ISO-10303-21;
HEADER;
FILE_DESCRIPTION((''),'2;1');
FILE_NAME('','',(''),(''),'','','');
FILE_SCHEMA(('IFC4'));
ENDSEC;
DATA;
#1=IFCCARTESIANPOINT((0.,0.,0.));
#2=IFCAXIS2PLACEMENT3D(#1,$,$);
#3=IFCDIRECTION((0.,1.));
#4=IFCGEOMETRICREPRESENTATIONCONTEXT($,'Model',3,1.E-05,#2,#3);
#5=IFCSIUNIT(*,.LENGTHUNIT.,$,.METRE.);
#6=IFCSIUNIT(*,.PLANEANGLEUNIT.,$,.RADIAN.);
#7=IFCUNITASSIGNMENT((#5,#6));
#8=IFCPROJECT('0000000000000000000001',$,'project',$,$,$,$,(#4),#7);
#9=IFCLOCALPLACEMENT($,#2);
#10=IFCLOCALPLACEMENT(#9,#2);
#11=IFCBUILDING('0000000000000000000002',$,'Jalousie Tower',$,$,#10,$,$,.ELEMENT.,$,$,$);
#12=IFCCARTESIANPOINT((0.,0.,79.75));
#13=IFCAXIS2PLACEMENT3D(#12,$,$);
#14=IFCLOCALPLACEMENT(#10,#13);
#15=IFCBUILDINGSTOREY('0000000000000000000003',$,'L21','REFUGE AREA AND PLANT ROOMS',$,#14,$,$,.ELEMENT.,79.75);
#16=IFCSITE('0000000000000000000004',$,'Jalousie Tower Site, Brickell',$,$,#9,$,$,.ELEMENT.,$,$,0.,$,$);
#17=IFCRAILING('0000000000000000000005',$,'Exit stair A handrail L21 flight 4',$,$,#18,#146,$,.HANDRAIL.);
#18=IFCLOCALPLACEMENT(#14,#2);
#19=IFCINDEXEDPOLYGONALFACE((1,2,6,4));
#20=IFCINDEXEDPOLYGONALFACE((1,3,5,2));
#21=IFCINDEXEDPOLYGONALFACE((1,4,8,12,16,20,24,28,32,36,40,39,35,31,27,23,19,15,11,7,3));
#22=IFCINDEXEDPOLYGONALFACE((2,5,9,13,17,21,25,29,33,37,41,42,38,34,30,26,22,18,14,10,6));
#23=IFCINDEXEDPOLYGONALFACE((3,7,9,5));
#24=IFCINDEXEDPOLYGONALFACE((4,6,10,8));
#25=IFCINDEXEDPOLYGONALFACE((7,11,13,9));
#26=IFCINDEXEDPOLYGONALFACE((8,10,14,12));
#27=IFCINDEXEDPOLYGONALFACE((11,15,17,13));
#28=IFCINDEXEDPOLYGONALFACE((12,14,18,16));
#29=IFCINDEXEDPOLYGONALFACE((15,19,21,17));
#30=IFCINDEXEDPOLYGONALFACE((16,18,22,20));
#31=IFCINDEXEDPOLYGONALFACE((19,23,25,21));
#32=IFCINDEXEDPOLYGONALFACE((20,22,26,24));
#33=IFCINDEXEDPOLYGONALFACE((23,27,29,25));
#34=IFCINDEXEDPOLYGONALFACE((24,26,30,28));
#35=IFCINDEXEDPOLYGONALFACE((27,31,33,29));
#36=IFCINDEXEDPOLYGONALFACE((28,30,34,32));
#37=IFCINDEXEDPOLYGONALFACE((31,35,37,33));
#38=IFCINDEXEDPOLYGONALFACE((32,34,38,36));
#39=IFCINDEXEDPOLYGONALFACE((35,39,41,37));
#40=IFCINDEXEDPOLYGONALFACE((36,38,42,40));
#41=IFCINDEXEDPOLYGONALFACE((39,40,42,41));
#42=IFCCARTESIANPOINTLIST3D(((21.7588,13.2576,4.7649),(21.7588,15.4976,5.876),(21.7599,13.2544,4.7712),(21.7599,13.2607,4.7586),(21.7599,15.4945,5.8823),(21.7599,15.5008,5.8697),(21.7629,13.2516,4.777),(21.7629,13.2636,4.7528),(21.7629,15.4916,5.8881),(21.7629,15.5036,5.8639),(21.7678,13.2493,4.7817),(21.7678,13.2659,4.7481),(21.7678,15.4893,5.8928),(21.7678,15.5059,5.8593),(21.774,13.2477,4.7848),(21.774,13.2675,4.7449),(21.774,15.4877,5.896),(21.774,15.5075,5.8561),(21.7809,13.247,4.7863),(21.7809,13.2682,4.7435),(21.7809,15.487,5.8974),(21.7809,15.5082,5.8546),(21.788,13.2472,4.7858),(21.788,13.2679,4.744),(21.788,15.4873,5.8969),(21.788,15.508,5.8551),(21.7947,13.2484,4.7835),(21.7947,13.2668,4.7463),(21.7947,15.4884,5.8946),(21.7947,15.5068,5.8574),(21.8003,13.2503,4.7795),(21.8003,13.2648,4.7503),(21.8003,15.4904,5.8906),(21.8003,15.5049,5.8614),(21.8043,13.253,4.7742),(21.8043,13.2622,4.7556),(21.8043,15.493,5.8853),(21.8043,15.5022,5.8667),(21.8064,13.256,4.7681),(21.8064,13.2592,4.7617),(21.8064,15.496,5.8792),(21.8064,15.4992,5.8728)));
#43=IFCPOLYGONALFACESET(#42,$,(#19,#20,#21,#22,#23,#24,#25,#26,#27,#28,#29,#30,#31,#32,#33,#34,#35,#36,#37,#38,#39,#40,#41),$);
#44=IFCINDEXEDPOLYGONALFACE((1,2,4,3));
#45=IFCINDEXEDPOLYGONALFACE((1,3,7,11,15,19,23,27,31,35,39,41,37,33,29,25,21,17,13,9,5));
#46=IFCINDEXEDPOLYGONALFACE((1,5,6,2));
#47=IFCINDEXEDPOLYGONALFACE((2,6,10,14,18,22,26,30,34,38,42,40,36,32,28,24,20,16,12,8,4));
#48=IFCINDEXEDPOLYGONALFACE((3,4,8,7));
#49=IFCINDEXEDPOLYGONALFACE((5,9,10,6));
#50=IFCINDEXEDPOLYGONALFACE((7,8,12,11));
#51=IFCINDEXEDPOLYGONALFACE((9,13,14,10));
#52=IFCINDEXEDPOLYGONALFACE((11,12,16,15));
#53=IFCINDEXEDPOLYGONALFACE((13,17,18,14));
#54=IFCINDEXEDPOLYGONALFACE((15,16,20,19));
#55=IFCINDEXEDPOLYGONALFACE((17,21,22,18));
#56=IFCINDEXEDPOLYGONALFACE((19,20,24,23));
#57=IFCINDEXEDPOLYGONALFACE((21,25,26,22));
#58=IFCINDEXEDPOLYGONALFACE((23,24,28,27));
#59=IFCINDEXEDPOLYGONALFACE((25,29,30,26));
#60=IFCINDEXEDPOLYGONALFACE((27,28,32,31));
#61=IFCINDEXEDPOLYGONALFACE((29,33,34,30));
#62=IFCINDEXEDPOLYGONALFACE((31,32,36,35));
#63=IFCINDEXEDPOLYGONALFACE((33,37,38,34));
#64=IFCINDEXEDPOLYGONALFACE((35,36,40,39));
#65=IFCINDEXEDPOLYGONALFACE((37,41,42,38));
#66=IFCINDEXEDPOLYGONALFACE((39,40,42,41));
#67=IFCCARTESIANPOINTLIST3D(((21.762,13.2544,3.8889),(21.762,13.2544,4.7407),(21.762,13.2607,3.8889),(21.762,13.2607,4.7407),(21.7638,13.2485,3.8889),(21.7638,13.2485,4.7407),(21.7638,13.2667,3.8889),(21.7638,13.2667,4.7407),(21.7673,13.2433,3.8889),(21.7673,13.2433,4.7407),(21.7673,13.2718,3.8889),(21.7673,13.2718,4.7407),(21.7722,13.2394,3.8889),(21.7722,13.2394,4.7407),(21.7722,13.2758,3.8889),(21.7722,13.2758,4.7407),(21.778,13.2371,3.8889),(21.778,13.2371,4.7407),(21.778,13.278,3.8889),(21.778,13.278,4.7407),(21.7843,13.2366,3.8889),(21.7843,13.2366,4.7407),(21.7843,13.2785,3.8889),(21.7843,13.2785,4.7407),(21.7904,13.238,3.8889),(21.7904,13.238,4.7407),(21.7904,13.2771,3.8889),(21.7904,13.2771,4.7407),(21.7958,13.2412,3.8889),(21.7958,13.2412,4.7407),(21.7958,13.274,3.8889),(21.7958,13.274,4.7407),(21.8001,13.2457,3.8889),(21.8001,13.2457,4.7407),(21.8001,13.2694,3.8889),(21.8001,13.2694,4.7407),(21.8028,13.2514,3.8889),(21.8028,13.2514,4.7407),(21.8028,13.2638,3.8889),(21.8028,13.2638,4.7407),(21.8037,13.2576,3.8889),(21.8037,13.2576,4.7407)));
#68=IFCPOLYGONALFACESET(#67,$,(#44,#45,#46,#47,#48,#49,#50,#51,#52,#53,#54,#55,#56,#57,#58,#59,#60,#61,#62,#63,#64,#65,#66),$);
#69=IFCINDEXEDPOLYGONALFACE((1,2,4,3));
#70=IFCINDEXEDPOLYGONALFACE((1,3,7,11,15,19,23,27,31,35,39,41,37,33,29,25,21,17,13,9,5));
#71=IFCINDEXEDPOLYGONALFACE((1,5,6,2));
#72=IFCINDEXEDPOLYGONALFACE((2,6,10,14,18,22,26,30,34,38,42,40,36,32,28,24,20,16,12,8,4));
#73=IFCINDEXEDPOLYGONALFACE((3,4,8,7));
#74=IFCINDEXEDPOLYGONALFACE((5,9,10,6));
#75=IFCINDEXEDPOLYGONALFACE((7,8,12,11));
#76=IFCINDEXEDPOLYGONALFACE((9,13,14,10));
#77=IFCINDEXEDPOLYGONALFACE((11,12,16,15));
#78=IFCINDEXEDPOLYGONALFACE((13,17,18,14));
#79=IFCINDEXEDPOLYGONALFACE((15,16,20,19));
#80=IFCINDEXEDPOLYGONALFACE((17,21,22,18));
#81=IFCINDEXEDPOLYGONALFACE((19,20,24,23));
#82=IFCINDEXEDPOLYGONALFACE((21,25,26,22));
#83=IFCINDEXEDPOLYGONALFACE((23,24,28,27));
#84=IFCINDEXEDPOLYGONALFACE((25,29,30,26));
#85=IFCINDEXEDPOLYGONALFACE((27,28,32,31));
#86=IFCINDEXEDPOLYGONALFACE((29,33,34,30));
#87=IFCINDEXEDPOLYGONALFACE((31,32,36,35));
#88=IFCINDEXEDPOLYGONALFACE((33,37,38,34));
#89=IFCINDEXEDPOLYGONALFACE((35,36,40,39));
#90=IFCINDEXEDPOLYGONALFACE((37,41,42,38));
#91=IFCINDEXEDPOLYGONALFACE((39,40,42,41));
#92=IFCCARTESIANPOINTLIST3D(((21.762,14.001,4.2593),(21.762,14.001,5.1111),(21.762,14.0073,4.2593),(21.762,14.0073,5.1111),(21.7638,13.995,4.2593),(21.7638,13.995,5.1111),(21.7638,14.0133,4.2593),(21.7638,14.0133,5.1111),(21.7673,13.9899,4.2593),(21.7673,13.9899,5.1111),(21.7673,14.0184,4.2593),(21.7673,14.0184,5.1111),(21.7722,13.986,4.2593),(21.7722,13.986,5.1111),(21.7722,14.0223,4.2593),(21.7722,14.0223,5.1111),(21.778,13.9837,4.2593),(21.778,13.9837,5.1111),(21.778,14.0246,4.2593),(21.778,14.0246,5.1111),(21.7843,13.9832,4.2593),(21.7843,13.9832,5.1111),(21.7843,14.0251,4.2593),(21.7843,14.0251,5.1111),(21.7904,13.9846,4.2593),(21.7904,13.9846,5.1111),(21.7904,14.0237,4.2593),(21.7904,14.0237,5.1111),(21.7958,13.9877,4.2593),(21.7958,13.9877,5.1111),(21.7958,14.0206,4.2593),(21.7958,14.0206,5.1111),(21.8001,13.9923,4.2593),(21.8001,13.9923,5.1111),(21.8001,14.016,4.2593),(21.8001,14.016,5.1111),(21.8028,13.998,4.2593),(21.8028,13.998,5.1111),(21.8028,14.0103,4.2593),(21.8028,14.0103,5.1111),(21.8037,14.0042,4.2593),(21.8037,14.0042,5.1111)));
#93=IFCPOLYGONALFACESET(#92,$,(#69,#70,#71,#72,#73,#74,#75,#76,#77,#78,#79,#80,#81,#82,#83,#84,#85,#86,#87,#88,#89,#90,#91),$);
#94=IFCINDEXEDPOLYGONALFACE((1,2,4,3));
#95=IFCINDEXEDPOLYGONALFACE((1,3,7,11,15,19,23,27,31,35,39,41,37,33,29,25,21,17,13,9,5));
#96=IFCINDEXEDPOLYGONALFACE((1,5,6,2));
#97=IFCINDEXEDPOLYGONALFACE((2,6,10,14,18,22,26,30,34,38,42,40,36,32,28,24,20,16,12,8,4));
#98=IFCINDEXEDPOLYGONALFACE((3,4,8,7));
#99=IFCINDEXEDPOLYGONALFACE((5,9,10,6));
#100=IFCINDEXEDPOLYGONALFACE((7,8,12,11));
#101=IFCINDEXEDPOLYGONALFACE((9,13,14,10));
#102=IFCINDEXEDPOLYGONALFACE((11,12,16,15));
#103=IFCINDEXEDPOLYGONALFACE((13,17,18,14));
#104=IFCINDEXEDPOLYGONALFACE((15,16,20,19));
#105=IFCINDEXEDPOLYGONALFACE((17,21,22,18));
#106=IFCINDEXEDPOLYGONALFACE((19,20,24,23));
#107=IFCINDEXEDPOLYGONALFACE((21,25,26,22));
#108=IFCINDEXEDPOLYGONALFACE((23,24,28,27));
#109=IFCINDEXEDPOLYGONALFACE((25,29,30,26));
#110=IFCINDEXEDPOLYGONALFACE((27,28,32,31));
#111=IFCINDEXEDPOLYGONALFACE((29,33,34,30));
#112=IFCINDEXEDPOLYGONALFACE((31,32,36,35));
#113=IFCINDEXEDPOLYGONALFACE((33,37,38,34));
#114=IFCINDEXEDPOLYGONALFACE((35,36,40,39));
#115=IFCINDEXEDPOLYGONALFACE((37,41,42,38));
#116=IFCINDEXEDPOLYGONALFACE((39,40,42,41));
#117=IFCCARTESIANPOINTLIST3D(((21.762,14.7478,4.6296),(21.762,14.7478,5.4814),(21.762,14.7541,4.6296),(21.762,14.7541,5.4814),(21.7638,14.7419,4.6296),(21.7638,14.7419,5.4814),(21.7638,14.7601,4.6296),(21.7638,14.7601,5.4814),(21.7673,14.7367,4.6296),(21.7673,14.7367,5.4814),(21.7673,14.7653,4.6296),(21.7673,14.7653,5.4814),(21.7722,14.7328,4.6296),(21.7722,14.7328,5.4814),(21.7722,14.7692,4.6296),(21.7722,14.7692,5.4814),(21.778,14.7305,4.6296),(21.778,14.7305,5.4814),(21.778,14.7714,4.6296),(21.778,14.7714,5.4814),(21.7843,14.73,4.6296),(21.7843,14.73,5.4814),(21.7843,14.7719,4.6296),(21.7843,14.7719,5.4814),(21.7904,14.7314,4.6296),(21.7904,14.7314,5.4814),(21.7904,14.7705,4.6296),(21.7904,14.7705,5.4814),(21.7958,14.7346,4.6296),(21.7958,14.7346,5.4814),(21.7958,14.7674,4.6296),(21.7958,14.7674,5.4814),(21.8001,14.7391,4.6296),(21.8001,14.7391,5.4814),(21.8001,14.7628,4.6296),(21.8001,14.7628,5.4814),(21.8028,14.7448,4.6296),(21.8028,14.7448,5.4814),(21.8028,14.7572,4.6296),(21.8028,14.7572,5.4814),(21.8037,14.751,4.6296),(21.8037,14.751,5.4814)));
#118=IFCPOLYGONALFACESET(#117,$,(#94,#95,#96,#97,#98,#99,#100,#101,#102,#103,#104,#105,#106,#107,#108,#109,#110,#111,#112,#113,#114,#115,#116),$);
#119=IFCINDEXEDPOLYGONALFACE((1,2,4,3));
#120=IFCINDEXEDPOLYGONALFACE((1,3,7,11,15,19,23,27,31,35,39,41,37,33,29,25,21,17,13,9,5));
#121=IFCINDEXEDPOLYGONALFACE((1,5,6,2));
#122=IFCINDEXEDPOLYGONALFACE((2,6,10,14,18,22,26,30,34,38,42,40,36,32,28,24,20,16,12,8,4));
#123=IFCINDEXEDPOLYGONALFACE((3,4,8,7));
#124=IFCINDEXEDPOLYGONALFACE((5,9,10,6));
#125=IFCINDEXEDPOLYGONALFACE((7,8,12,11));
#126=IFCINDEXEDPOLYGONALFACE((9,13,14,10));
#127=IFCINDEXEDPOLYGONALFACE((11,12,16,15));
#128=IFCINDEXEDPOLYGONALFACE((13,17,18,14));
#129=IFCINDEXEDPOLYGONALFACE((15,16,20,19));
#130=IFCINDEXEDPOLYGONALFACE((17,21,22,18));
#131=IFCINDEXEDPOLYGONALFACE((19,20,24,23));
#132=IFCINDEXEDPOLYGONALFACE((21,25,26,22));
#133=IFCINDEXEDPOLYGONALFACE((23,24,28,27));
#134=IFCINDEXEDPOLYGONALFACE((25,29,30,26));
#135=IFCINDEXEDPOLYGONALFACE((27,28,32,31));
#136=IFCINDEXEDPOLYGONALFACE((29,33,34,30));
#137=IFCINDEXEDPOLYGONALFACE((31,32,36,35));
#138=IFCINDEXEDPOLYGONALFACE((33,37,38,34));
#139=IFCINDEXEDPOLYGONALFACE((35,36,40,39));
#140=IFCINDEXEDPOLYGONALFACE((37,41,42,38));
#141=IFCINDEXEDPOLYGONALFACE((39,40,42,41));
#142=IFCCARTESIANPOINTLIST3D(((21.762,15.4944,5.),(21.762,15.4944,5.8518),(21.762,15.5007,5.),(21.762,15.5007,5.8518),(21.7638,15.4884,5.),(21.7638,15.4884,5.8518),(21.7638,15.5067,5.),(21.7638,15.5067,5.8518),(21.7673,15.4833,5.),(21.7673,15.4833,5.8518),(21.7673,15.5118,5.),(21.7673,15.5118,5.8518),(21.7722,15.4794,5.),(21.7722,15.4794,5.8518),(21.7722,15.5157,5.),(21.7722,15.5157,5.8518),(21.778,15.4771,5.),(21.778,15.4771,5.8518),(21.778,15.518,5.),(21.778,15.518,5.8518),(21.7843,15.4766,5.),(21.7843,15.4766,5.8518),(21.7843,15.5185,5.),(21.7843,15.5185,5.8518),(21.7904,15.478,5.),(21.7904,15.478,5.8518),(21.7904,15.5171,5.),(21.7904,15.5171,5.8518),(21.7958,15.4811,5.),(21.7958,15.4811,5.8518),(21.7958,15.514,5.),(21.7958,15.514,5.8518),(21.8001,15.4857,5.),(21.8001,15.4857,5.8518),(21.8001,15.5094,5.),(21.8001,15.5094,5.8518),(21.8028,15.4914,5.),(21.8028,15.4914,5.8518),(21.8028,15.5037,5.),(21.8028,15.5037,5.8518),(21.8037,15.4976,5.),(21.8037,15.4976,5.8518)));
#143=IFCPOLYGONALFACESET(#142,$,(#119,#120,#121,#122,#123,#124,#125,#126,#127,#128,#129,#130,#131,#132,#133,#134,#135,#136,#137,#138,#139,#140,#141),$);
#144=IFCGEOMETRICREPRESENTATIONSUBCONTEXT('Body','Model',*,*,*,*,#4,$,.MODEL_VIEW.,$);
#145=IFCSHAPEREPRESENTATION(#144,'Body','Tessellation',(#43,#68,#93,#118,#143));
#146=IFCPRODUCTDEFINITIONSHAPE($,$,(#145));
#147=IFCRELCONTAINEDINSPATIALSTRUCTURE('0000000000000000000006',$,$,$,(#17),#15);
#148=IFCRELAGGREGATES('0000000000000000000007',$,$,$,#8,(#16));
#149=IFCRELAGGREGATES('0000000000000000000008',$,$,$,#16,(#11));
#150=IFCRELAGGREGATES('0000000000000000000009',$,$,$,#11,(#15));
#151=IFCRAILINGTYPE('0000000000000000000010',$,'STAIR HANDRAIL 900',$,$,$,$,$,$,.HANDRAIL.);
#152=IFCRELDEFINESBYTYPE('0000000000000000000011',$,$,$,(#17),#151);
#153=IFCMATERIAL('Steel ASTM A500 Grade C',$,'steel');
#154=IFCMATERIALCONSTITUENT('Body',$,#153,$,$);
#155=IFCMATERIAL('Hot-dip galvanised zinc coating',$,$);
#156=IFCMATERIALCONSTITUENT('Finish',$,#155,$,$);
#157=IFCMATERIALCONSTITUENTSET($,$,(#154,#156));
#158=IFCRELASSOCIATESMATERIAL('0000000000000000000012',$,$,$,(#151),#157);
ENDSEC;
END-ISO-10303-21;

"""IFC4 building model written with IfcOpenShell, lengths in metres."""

from ifc_helpers import new_model, si_unit, direction, frame, origin, origin_2d, place, context, subcontext, project, spatial, circle, extrude, material, constituent, constituent_set, type_object, element, save


model = new_model("IFC4")

# Units and contexts
model_context = context("Model", 3, precision=1e-05, world=origin(), true_north=direction((0.0, 1.0)))
body_context = subcontext(model_context, "Body", "Model", "MODEL_VIEW")
ifc_project = project(units=[si_unit("LENGTHUNIT", "METRE"), si_unit("PLANEANGLEUNIT", "RADIAN")], contexts=[model_context])

# Site, building, storey
site_placement = place(None, origin())
site = spatial("IfcSite", under=ifc_project, at=site_placement, Name="Jalousie Tower Site, Brickell", CompositionType="ELEMENT", RefElevation=0.0)
building_placement = place(site_placement, origin())
building = spatial("IfcBuilding", under=site, at=building_placement, Name="Jalousie Tower", CompositionType="ELEMENT")
storey_placement = place(building_placement, frame((0.0, 0.0, 79.75)))
storey = spatial("IfcBuildingStorey", under=building, at=storey_placement, Name="L21", Description="REFUGE AREA AND PLANT ROOMS", CompositionType="ELEMENT", Elevation=79.75)

# Railing
ifc_material_1 = material(Name="Steel ASTM A500 Grade C", Category="steel")
ifc_constituent_1 = constituent(ifc_material_1, Name="Body")
ifc_material_2 = material(Name="Hot-dip galvanised zinc coating")
ifc_constituent_2 = constituent(ifc_material_2, Name="Finish")
ifc_constituent_set_1 = constituent_set(constituents=[ifc_constituent_1, ifc_constituent_2])
railing_type_1 = type_object("IfcRailingType", Name="STAIR HANDRAIL 900", PredefinedType="HANDRAIL", material=ifc_constituent_set_1)
railing_1_placement = place(storey_placement, frame((21.7827, 13.2576, 3.8889)))
element("IfcRailing", 1, at=railing_1_placement, inside=storey, type_object=railing_type_1, Name="Exit stair A handrail L21 flight 4", PredefinedType="HANDRAIL", context=body_context, shape_type="SweptSolid", body=[
    extrude(circle(Radius=0.0239, at=origin_2d()), frame((0.0, 0.0, 0.876), z_axis=(0.0, 0.895848, 0.44436), x_axis=(-1.0, 0.0, 0.0)), (0.0, 0.0, 1.0), 2.5005),
    extrude(circle(Radius=0.021, at=origin_2d()), origin(), (0.0, 0.0, 1.0), 0.8518),
    extrude(circle(Radius=0.021, at=origin_2d()), frame((0.0, 0.7466, 0.3704)), (0.0, 0.0, 1.0), 0.8518),
    extrude(circle(Radius=0.021, at=origin_2d()), frame((0.0, 1.4934, 0.7407)), (0.0, 0.0, 1.0), 0.8518),
    extrude(circle(Radius=0.021, at=origin_2d()), frame((0.0, 2.24, 1.1111)), (0.0, 0.0, 1.0), 0.8518),
])

save(model, "model.ifc")
